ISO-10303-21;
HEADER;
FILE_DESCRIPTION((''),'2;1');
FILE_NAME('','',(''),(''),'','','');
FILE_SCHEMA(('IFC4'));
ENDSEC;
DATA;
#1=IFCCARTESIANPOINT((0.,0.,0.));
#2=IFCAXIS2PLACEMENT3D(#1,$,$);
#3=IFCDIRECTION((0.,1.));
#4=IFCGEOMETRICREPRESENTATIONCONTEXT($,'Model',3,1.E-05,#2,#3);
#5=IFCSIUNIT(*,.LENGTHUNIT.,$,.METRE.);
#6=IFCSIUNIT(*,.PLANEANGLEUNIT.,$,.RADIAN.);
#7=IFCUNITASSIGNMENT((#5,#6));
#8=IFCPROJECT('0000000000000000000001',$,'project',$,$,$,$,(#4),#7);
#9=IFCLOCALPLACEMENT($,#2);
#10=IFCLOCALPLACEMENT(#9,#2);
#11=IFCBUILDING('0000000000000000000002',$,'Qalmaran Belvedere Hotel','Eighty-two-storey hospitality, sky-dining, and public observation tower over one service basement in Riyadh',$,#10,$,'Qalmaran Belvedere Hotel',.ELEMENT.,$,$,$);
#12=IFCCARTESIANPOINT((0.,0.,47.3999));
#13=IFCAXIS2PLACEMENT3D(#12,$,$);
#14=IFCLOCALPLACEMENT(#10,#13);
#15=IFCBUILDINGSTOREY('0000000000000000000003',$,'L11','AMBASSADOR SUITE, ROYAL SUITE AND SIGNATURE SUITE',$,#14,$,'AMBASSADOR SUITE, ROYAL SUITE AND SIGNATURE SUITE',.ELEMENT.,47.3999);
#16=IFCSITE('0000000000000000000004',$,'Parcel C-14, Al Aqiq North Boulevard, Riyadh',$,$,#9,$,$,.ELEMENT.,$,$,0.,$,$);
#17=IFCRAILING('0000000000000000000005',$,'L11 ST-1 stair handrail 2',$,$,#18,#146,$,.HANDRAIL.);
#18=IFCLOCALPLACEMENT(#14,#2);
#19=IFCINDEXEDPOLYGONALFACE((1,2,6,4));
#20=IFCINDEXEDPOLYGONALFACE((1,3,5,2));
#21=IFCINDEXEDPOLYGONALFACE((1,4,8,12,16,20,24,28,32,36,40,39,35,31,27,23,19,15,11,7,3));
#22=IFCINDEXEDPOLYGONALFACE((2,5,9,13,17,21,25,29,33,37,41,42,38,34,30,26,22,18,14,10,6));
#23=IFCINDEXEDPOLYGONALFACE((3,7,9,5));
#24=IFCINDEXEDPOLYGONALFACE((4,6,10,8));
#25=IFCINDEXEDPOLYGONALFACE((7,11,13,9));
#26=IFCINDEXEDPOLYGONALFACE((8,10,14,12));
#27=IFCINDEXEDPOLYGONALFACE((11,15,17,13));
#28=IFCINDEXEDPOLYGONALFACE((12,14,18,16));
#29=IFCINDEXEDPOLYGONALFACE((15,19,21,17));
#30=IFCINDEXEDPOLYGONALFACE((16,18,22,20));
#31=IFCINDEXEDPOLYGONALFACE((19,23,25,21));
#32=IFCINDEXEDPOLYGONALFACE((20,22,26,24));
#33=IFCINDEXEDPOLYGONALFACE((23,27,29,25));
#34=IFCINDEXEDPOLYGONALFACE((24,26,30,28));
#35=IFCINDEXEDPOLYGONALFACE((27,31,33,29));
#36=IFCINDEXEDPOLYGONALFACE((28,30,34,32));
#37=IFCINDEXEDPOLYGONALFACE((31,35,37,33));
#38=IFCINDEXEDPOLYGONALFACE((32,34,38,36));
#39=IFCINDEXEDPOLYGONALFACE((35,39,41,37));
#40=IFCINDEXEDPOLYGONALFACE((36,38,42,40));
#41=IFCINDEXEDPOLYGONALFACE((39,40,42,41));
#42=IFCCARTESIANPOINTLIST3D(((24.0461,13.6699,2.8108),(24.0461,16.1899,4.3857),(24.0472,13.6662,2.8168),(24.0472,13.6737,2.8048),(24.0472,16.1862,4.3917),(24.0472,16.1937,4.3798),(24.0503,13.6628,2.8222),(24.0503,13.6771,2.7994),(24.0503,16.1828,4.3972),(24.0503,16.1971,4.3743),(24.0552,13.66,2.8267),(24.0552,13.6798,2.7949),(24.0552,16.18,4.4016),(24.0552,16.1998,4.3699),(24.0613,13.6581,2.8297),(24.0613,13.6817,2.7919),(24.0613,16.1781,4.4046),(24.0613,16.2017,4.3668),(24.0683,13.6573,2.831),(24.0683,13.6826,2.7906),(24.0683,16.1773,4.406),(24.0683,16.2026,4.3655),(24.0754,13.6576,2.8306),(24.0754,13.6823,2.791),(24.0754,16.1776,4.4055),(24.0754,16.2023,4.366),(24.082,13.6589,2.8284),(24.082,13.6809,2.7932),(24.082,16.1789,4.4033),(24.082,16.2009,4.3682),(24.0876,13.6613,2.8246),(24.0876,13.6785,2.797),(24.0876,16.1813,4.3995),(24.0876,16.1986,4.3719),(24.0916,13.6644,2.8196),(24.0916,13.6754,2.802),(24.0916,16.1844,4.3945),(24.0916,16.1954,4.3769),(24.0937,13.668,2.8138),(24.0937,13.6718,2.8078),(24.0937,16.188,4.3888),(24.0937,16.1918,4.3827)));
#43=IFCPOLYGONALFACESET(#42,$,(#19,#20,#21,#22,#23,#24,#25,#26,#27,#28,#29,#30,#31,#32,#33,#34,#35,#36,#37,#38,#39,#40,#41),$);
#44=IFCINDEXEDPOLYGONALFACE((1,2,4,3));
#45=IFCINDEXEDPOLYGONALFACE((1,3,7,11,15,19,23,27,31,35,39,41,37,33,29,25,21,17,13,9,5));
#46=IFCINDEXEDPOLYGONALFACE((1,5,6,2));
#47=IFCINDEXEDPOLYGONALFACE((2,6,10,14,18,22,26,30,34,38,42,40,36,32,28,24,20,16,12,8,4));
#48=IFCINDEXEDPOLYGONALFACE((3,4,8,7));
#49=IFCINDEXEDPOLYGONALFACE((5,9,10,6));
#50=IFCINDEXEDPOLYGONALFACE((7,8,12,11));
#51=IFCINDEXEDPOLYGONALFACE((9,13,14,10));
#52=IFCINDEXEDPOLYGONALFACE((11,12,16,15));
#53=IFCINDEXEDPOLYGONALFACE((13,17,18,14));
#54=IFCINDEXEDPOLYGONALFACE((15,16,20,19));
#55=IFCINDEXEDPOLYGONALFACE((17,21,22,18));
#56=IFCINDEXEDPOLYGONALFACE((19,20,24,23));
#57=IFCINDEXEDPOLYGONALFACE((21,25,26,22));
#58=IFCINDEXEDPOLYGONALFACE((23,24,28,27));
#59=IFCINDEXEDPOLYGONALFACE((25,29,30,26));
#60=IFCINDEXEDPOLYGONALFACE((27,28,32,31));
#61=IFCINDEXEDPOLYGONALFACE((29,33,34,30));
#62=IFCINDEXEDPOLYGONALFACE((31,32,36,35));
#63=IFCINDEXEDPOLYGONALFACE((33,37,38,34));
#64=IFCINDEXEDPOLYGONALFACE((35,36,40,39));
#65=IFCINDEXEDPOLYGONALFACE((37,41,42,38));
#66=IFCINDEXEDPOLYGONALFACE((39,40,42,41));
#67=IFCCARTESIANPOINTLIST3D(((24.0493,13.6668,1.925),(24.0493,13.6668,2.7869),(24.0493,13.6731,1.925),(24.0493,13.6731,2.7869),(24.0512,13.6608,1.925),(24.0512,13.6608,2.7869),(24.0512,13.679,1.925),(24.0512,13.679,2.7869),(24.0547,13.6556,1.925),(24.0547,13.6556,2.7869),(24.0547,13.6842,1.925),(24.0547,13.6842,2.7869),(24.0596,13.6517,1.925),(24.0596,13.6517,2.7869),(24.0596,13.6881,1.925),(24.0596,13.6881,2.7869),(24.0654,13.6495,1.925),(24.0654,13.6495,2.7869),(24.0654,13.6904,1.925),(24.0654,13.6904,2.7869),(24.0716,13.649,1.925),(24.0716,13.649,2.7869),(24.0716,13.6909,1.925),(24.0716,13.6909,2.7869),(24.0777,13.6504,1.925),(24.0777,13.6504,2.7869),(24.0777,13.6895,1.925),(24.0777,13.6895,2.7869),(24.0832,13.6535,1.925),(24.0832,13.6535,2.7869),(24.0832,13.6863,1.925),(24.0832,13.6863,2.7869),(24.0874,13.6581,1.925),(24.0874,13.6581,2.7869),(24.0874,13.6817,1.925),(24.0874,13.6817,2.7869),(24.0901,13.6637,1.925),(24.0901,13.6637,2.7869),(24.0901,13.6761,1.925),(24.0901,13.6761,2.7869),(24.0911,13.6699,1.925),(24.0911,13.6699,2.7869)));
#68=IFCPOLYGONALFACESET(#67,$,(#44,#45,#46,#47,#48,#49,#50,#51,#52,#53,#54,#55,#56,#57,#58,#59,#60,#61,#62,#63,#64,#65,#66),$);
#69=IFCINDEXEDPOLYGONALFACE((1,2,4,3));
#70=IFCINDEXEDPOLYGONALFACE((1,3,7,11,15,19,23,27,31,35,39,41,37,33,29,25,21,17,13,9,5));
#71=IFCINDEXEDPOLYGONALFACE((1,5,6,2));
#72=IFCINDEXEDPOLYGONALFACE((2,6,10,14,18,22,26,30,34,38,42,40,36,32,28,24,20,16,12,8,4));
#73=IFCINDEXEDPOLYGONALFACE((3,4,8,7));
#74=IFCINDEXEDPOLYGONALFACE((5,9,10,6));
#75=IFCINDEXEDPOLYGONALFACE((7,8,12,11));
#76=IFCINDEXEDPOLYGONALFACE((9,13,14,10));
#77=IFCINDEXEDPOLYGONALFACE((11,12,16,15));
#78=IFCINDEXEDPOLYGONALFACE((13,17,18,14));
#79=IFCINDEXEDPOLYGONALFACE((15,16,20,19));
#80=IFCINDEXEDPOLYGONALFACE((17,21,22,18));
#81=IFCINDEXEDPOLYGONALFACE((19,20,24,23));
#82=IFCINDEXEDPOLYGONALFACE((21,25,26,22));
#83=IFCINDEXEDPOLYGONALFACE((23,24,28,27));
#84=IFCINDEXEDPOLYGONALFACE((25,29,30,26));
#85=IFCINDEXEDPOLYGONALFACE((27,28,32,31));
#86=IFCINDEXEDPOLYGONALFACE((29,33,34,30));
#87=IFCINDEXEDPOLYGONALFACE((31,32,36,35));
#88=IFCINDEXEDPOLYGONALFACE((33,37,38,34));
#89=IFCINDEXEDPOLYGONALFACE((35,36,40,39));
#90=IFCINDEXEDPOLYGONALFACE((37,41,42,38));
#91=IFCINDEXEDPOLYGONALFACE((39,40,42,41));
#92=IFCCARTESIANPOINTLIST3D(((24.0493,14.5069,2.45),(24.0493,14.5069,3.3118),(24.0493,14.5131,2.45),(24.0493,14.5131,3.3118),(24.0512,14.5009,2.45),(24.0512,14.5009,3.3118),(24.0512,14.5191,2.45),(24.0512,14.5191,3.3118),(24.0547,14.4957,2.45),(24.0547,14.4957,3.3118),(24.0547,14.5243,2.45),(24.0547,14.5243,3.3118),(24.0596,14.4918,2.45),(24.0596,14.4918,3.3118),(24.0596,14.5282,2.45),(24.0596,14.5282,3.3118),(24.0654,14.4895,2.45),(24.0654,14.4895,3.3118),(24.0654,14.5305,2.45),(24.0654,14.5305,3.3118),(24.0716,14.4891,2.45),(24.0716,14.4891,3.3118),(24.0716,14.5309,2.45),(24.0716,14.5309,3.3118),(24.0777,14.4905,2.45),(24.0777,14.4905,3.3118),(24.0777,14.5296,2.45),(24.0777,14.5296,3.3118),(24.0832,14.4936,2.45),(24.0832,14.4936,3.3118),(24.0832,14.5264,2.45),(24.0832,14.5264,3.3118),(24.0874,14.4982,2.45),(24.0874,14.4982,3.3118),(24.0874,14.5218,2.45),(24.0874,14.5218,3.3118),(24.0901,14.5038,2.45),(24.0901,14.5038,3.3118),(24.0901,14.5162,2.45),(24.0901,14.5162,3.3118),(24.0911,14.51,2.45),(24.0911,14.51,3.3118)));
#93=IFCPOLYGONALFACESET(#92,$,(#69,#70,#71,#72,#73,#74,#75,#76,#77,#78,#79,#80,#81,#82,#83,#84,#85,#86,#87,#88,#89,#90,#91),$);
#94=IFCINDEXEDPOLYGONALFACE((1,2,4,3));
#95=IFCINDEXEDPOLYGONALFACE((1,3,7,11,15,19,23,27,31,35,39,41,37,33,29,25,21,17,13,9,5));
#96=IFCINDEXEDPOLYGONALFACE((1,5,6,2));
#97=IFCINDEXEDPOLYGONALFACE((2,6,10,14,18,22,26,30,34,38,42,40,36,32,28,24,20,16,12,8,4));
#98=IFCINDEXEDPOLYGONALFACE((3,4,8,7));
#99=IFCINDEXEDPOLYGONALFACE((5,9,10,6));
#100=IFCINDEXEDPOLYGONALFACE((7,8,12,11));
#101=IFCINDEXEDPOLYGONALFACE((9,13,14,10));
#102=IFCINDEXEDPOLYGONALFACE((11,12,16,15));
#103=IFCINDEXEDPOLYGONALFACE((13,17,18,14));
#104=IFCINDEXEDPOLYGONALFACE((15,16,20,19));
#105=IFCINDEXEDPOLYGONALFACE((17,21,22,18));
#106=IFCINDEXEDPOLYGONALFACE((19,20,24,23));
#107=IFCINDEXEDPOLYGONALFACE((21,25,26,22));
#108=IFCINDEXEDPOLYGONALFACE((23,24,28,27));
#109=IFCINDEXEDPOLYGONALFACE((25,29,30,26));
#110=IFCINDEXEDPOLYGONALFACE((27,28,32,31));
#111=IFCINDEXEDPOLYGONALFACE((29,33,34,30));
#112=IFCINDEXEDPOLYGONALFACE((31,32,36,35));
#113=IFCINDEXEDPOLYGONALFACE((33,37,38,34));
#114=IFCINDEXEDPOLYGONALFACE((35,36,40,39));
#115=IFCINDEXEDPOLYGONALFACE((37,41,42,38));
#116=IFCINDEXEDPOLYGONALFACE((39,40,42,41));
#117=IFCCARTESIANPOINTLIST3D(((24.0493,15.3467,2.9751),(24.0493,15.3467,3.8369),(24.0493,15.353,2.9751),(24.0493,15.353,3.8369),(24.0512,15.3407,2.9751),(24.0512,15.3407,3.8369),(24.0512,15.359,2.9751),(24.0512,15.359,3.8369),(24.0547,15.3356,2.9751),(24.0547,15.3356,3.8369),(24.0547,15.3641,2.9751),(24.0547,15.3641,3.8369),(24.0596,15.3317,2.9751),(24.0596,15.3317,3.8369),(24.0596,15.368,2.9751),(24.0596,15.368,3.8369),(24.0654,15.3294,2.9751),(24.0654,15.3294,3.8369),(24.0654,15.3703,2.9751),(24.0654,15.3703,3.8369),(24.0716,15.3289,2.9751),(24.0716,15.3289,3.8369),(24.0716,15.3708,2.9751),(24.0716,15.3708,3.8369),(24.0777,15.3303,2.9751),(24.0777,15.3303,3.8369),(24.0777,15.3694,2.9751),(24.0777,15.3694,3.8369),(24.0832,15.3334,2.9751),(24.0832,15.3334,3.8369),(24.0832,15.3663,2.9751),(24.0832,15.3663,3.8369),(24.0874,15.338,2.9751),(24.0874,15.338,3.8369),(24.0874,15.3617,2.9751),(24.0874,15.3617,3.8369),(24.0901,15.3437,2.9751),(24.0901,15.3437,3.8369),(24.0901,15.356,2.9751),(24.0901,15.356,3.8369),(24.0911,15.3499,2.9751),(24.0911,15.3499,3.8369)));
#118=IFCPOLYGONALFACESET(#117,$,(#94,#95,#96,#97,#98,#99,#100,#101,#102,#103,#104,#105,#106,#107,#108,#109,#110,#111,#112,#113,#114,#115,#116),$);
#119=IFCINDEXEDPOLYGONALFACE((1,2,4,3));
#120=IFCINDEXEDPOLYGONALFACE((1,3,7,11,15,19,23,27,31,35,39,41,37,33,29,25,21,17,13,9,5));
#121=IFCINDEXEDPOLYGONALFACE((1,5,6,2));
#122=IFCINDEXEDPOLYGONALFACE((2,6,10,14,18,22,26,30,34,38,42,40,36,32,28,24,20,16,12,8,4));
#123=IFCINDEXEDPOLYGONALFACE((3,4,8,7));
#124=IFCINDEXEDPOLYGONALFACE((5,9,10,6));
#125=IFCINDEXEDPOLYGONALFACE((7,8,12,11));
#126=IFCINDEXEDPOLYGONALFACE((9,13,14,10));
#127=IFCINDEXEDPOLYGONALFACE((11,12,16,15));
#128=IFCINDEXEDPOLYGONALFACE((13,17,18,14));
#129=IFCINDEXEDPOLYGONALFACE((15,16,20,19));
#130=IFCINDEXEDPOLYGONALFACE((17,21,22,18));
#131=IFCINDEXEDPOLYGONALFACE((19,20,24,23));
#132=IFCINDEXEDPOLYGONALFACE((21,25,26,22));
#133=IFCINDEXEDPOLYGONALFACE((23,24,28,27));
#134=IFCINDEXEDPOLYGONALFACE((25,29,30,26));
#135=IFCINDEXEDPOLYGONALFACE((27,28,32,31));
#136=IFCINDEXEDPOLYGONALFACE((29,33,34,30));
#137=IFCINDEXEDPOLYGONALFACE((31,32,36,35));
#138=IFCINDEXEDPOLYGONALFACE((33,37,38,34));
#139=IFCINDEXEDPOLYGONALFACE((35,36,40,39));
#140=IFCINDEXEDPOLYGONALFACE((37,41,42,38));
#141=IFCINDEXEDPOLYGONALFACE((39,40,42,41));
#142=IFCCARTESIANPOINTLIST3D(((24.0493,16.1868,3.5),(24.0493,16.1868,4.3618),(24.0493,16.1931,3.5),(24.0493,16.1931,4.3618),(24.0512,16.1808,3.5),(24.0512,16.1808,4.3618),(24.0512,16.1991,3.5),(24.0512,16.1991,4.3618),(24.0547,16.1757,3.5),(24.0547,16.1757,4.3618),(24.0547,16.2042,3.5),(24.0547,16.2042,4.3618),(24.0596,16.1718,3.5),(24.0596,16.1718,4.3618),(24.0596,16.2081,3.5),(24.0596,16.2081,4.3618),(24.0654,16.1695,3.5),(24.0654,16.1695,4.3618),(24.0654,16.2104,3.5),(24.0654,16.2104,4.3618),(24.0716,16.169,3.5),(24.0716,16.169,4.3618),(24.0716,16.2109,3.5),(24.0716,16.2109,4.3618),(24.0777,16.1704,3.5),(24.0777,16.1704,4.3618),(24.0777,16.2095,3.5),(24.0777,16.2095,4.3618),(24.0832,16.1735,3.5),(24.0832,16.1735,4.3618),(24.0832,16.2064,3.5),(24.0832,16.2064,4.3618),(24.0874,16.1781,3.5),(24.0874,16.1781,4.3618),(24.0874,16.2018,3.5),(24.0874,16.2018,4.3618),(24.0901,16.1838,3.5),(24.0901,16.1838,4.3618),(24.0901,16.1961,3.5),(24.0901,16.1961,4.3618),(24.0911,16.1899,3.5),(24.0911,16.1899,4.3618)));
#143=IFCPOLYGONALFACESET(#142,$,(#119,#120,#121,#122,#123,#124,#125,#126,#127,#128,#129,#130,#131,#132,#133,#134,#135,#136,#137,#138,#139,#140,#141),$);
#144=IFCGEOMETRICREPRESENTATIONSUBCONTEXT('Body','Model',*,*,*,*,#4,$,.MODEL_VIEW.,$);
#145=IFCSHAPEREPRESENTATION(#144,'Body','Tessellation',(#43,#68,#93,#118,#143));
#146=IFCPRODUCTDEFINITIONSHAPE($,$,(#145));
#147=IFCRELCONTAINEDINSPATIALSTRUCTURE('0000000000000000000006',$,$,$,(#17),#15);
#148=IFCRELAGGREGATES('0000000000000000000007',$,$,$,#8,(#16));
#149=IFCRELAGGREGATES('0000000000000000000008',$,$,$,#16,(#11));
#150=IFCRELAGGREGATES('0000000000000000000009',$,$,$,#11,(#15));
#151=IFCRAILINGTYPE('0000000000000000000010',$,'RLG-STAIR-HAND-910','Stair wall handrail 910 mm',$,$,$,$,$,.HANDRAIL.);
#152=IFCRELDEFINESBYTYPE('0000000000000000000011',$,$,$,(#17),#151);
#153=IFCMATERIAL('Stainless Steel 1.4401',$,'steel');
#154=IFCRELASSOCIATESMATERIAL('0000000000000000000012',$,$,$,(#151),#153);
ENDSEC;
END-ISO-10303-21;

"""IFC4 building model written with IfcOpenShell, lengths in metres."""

from ifc_helpers import new_model, si_unit, direction, frame, origin, origin_2d, place, context, subcontext, project, spatial, circle, extrude, material, type_object, element, save


model = new_model("IFC4")

# Units and contexts
model_context = context("Model", 3, precision=1e-05, world=origin(), true_north=direction((0.0, 1.0)))
body_context = subcontext(model_context, "Body", "Model", "MODEL_VIEW")
ifc_project = project(units=[si_unit("LENGTHUNIT", "METRE"), si_unit("PLANEANGLEUNIT", "RADIAN")], contexts=[model_context])

# Site, building, storey
site_placement = place(None, origin())
site = spatial("IfcSite", under=ifc_project, at=site_placement, Name="Parcel C-14, Al Aqiq North Boulevard, Riyadh", CompositionType="ELEMENT", RefElevation=0.0)
building_placement = place(site_placement, origin())
building = spatial("IfcBuilding", under=site, at=building_placement, Name="Qalmaran Belvedere Hotel", Description="Eighty-two-storey hospitality, sky-dining, and public observation tower over one service basement in Riyadh", LongName="Qalmaran Belvedere Hotel", CompositionType="ELEMENT")
storey_placement = place(building_placement, frame((0.0, 0.0, 47.3999)))
storey = spatial("IfcBuildingStorey", under=building, at=storey_placement, Name="L11", Description="AMBASSADOR SUITE, ROYAL SUITE AND SIGNATURE SUITE", LongName="AMBASSADOR SUITE, ROYAL SUITE AND SIGNATURE SUITE", CompositionType="ELEMENT", Elevation=47.3999)

# Railing
ifc_material_1 = material(Name="Stainless Steel 1.4401", Category="steel")
railing_type_1 = type_object("IfcRailingType", Name="RLG-STAIR-HAND-910", Description="Stair wall handrail 910 mm", PredefinedType="HANDRAIL", material=ifc_material_1)
railing_1_placement = place(storey_placement, frame((24.0701, 13.6699, 1.925)))
element("IfcRailing", 1, at=railing_1_placement, inside=storey, type_object=railing_type_1, Name="L11 ST-1 stair handrail 2", PredefinedType="HANDRAIL", context=body_context, shape_type="SweptSolid", body=[
    extrude(circle(Radius=0.0239, at=origin_2d()), frame((0.0, 0.0, 0.8857), z_axis=(0.0, 0.848008, 0.529984), x_axis=(-1.0, 0.0, 0.0)), (0.0, 0.0, 1.0), 2.9717),
    extrude(circle(Radius=0.021, at=origin_2d()), origin(), (0.0, 0.0, 1.0), 0.8618),
    extrude(circle(Radius=0.021, at=origin_2d()), frame((0.0, 0.8401, 0.5249)), (0.0, 0.0, 1.0), 0.8618),
    extrude(circle(Radius=0.021, at=origin_2d()), frame((0.0, 1.6799, 1.05)), (0.0, 0.0, 1.0), 0.8618),
    extrude(circle(Radius=0.021, at=origin_2d()), frame((0.0, 2.52, 1.575)), (0.0, 0.0, 1.0), 0.8618),
])

save(model, "model.ifc")
